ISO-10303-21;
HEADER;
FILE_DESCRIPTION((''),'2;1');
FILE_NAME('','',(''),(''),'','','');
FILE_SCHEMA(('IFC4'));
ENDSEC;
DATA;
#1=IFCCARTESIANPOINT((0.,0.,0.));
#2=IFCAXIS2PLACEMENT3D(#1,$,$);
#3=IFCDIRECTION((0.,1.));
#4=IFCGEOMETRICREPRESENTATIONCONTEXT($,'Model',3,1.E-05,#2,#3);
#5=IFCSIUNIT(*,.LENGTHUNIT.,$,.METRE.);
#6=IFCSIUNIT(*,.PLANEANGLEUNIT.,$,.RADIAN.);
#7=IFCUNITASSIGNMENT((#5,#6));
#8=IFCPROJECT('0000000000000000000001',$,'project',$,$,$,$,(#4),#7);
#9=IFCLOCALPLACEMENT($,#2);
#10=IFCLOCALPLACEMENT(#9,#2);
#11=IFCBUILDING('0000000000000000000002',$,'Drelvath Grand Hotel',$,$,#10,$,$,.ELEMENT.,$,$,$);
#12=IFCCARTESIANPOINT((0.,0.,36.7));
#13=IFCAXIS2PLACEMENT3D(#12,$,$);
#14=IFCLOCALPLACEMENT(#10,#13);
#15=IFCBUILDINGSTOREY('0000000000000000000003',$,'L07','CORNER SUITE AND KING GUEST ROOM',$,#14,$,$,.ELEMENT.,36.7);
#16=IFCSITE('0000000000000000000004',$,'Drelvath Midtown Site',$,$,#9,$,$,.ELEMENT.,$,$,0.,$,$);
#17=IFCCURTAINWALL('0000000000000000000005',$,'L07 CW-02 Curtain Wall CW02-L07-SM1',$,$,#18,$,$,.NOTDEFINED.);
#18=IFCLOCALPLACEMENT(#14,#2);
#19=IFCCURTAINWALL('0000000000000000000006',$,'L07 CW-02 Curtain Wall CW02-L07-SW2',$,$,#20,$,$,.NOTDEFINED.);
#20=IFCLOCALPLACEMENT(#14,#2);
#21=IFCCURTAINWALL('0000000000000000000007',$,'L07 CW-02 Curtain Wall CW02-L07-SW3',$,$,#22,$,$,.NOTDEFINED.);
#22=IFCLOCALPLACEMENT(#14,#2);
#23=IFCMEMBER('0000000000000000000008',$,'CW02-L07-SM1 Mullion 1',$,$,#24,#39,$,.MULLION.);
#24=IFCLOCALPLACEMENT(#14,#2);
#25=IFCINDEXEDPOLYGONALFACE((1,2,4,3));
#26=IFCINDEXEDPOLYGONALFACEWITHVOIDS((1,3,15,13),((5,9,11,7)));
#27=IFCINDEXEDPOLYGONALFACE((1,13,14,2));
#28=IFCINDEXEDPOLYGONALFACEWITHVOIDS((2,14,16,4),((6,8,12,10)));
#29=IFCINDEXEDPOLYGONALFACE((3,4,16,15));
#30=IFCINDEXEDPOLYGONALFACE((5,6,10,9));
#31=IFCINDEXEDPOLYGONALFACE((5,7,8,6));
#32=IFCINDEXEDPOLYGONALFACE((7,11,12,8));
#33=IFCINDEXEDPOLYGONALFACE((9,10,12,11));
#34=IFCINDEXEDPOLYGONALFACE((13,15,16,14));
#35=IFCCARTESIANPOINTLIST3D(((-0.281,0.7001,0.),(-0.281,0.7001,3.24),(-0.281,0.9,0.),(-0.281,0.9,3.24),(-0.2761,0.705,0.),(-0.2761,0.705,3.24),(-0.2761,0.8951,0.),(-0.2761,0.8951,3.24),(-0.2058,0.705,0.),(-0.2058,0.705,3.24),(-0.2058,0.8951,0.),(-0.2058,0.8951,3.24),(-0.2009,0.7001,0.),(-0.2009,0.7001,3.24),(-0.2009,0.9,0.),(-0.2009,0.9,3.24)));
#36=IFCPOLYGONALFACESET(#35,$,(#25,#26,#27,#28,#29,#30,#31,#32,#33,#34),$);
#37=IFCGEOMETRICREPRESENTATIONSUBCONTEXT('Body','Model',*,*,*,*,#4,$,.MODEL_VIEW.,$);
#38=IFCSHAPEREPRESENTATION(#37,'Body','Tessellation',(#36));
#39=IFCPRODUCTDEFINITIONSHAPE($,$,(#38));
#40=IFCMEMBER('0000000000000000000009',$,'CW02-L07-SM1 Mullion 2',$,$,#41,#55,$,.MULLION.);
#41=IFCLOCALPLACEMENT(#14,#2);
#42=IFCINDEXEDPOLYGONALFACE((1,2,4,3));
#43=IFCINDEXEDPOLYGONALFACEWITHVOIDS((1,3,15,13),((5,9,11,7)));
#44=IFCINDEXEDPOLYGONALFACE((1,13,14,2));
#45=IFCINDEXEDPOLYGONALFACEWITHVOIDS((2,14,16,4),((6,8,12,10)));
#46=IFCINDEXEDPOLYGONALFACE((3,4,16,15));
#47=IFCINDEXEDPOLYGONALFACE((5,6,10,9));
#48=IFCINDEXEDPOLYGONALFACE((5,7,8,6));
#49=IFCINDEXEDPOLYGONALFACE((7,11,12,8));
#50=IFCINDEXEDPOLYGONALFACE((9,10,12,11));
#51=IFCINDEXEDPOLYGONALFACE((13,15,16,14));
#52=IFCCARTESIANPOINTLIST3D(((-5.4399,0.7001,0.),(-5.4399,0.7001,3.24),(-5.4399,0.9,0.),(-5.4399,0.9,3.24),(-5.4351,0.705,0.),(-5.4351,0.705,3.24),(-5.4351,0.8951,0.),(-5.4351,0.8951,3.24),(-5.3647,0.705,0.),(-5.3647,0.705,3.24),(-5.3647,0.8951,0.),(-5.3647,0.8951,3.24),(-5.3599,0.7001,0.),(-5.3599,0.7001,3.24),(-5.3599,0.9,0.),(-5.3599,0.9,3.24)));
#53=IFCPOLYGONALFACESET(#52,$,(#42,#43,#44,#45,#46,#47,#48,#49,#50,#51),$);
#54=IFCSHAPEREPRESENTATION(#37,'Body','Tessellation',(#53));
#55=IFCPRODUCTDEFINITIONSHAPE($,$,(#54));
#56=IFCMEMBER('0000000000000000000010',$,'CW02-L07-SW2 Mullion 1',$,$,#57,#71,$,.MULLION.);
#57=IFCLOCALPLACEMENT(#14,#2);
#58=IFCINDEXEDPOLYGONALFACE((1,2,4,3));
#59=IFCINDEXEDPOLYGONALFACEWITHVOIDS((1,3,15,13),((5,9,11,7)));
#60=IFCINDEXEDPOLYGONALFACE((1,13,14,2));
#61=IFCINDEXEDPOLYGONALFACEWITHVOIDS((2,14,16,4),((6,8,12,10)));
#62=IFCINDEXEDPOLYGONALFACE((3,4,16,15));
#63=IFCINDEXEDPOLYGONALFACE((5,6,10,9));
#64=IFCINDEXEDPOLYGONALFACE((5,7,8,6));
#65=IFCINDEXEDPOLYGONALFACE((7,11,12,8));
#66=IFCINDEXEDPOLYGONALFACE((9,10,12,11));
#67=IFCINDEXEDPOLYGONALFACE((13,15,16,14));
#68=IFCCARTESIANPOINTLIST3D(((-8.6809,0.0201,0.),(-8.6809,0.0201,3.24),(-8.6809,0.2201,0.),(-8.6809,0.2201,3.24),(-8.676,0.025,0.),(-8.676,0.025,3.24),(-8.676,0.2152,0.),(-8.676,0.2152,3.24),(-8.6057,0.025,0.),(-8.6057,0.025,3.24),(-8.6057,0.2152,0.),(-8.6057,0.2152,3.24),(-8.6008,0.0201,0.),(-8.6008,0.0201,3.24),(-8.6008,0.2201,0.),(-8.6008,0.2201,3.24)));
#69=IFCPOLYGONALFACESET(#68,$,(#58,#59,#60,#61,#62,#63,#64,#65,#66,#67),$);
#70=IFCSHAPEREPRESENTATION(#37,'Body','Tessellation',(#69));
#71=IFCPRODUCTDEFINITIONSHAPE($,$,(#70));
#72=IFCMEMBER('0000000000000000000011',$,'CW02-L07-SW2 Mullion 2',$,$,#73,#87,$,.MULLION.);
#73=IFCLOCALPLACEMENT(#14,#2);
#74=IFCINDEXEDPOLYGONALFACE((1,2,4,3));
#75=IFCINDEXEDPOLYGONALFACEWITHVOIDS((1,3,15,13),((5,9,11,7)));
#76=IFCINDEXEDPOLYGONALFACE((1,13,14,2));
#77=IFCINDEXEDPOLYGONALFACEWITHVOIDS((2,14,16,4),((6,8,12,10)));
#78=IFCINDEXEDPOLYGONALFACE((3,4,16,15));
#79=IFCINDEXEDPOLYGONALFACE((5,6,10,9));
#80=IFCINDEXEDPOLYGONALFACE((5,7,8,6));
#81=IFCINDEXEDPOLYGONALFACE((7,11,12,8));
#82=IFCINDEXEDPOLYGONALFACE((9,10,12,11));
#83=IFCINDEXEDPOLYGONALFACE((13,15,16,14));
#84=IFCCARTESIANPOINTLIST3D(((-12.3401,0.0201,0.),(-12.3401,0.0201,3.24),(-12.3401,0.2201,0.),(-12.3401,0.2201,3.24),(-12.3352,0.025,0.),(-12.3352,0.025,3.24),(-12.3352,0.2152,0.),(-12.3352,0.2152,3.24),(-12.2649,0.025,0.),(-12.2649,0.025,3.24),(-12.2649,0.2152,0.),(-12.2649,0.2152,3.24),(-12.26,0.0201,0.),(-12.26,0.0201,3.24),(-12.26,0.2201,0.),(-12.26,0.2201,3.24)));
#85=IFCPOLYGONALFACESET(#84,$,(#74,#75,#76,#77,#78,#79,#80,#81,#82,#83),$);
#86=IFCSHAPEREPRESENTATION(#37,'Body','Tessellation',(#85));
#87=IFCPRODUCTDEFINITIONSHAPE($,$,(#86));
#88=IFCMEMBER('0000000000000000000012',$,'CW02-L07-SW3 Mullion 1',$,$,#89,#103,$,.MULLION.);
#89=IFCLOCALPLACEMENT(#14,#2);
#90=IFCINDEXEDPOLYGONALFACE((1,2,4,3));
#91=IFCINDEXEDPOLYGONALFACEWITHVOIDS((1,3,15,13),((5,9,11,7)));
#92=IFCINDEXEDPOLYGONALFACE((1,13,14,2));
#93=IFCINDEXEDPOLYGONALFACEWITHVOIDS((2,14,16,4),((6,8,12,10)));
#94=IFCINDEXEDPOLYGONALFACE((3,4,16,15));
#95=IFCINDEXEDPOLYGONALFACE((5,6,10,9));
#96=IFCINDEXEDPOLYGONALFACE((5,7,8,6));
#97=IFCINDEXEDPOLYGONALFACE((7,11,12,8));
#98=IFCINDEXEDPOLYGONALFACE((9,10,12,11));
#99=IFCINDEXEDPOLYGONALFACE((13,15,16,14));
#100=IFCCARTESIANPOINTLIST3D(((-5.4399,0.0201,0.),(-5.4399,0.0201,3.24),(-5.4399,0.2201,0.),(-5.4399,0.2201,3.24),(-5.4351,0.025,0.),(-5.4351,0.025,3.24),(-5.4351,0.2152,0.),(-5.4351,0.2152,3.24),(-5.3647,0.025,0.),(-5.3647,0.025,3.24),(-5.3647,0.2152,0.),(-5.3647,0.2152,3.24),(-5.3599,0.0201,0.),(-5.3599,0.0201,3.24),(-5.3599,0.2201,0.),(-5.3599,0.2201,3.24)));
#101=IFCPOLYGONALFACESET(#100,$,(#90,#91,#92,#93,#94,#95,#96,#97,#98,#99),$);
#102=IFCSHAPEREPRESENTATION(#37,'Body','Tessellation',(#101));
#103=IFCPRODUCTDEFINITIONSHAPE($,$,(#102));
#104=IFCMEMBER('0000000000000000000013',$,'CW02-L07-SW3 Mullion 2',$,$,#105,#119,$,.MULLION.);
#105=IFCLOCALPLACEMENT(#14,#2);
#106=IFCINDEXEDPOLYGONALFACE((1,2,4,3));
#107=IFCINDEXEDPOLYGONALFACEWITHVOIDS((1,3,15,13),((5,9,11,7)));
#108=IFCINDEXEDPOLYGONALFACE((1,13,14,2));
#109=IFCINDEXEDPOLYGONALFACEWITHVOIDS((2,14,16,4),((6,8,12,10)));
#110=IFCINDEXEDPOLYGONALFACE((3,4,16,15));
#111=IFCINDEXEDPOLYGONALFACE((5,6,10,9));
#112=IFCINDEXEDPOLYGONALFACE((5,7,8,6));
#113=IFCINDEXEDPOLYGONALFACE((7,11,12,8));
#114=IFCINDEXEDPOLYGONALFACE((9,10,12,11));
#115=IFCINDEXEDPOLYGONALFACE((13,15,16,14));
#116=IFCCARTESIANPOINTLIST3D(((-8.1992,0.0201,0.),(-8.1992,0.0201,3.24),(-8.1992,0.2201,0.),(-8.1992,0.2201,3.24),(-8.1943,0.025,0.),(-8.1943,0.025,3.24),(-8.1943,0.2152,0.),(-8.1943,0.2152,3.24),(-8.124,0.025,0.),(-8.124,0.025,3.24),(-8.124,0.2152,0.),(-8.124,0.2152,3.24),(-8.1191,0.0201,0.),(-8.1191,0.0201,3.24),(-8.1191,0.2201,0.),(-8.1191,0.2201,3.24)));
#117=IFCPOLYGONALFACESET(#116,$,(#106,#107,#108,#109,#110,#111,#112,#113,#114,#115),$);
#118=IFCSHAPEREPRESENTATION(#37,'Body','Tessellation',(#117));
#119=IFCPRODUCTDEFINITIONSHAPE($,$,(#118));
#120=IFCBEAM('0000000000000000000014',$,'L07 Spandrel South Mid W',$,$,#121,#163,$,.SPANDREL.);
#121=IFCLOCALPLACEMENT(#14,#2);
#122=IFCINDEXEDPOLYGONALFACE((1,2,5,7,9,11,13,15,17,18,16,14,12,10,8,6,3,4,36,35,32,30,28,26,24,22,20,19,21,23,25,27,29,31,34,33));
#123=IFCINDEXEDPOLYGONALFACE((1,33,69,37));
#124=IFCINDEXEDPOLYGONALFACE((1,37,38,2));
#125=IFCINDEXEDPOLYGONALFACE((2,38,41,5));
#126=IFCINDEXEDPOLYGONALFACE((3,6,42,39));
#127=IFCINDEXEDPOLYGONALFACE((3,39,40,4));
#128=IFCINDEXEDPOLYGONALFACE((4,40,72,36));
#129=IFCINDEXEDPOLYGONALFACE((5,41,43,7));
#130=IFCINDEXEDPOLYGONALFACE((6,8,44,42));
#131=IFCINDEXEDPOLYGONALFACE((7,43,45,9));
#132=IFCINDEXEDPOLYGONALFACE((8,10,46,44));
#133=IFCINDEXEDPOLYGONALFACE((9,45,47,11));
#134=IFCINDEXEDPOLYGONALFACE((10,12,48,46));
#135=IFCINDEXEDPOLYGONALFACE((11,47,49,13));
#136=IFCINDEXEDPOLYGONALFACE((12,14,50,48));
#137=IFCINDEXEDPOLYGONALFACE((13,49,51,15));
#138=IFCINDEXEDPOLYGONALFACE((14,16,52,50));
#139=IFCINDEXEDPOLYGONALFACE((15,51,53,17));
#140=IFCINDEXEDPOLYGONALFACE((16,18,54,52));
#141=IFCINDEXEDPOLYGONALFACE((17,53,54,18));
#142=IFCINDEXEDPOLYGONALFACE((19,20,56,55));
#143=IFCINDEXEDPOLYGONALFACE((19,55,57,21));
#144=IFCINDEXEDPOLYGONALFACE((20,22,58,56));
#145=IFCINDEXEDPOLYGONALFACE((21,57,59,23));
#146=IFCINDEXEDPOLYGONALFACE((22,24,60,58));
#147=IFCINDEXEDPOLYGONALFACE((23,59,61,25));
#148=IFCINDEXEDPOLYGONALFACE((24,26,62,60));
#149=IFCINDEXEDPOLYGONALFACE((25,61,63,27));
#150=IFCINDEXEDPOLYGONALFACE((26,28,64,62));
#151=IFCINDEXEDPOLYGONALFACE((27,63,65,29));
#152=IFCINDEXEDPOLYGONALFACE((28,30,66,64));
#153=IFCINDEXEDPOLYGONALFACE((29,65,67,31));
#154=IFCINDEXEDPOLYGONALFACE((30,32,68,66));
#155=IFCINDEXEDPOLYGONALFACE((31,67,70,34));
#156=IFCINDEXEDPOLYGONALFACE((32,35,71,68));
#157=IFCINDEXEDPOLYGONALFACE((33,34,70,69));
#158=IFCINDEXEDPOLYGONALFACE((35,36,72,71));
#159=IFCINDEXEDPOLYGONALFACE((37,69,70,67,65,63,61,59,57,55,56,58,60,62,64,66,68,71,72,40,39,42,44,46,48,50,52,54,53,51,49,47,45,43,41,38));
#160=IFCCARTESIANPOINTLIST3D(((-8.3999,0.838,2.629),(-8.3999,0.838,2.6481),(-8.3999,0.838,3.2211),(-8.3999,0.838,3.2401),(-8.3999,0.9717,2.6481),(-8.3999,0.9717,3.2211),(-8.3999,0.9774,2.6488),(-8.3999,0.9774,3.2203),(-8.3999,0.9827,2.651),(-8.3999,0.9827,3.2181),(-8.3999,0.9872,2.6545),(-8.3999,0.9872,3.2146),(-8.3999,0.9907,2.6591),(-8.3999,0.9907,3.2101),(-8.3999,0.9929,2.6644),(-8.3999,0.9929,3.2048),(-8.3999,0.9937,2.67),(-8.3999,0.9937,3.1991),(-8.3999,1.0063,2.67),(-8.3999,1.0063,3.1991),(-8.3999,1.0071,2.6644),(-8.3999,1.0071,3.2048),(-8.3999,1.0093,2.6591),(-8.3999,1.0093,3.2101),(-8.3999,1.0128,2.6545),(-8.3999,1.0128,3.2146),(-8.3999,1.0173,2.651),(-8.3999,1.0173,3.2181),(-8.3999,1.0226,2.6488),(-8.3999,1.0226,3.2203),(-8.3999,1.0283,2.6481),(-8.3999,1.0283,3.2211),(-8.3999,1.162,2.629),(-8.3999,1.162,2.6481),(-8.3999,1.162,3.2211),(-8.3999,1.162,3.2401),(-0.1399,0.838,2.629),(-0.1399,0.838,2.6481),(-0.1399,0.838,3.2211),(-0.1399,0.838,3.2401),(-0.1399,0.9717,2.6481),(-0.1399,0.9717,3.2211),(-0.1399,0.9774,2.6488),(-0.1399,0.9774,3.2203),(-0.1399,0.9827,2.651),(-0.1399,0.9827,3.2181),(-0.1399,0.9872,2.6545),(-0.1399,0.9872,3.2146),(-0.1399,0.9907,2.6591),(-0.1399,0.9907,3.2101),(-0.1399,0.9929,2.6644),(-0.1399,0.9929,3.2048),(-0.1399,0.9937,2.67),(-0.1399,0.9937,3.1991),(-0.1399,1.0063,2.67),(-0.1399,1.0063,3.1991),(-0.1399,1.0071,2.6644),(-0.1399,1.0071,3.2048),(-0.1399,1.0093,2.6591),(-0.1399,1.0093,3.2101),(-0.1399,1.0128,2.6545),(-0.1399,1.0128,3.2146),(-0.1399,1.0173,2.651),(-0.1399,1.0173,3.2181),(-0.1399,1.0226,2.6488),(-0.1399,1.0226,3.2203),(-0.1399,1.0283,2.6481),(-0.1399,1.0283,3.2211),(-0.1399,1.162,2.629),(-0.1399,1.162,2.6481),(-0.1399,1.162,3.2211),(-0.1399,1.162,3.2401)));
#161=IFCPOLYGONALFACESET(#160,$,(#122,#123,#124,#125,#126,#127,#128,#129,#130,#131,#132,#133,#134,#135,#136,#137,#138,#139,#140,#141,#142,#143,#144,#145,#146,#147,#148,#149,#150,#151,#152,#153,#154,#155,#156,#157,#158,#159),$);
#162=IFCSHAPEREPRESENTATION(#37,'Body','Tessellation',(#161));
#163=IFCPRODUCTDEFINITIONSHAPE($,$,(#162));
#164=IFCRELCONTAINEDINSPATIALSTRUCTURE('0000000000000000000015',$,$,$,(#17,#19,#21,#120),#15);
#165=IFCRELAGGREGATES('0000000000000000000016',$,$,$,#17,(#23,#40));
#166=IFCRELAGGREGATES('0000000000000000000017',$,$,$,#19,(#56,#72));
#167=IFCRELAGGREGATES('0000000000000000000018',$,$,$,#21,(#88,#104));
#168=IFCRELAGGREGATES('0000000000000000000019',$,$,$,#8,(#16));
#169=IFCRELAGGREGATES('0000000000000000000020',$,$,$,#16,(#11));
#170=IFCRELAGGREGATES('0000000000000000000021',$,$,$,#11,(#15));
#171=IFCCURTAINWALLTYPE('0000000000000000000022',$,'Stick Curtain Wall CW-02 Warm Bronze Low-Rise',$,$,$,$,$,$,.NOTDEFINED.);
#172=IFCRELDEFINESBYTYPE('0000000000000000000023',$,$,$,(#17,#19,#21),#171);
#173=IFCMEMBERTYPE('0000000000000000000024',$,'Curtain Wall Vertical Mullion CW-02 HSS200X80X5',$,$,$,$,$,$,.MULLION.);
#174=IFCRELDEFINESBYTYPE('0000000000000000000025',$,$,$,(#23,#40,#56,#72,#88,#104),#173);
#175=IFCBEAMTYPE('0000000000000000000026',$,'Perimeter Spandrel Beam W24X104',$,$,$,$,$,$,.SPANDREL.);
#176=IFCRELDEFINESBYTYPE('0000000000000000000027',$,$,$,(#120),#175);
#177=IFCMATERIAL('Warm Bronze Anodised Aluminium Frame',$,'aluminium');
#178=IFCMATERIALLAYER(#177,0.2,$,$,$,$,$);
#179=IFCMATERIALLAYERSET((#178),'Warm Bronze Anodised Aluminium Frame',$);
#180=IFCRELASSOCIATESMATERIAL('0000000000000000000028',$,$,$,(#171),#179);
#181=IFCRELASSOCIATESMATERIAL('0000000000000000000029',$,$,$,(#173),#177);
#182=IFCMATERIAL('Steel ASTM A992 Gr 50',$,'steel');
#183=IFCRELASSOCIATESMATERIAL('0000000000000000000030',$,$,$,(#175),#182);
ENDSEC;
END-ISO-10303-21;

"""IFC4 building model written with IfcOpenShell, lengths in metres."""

from ifc_helpers import new_model, si_unit, direction, frame, origin, origin_2d, place, context, subcontext, project, spatial, hollow_rectangle, i_section, extrude, material, layer, layer_set, material_profile, profile_set, type_object, element, aggregate, save


model = new_model("IFC4")

# Units and contexts
model_context = context("Model", 3, precision=1e-05, world=origin(), true_north=direction((0.0, 1.0)))
body_context = subcontext(model_context, "Body", "Model", "MODEL_VIEW")
ifc_project = project(units=[si_unit("LENGTHUNIT", "METRE"), si_unit("PLANEANGLEUNIT", "RADIAN")], contexts=[model_context])

# Site, building, storey
site_placement = place(None, origin())
site = spatial("IfcSite", under=ifc_project, at=site_placement, Name="Drelvath Midtown Site", CompositionType="ELEMENT", RefElevation=0.0)
building_placement = place(site_placement, origin())
building = spatial("IfcBuilding", under=site, at=building_placement, Name="Drelvath Grand Hotel", CompositionType="ELEMENT")
storey_placement = place(building_placement, frame((0.0, 0.0, 36.7)))
storey = spatial("IfcBuildingStorey", under=building, at=storey_placement, Name="L07", Description="CORNER SUITE AND KING GUEST ROOM", CompositionType="ELEMENT", Elevation=36.7)

# Shared definitions
ifc_material_1 = material(Name="Steel ASTM A992 Gr 50", Category="steel")

# Curtain walls
ifc_material_2 = material(Name="Warm Bronze Anodised Aluminium Frame", Category="aluminium")
ifc_layer_1 = layer(ifc_material_2, 0.2)
ifc_layer_set_1 = layer_set([ifc_layer_1], Name="Warm Bronze Anodised Aluminium Frame")
curtain_wall_type = type_object("IfcCurtainWallType", Name="Stick Curtain Wall CW-02 Warm Bronze Low-Rise", PredefinedType="NOTDEFINED", material=ifc_layer_set_1)
curtain_wall_1_placement = place(storey_placement, origin())
curtain_wall_1 = element("IfcCurtainWall", 1, at=curtain_wall_1_placement, inside=storey, type_object=curtain_wall_type, Name="L07 CW-02 Curtain Wall CW02-L07-SM1", PredefinedType="NOTDEFINED")
curtain_wall_2_placement = place(storey_placement, origin())
curtain_wall_2 = element("IfcCurtainWall", 2, at=curtain_wall_2_placement, inside=storey, type_object=curtain_wall_type, Name="L07 CW-02 Curtain Wall CW02-L07-SW2", PredefinedType="NOTDEFINED")
curtain_wall_3_placement = place(storey_placement, origin())
curtain_wall_3 = element("IfcCurtainWall", 3, at=curtain_wall_3_placement, inside=storey, type_object=curtain_wall_type, Name="L07 CW-02 Curtain Wall CW02-L07-SW3", PredefinedType="NOTDEFINED")

# Members
ifc_material_profile_1 = material_profile(ifc_material_2, hollow_rectangle(XDim=0.0801, YDim=0.2, WallThickness=0.0049, at=origin_2d()), Name="HSS200X80X5")
ifc_profile_set_1 = profile_set([ifc_material_profile_1], Name="Warm Bronze Anodised Aluminium Frame")
member_type_1 = type_object("IfcMemberType", Name="Curtain Wall Vertical Mullion CW-02 HSS200X80X5", PredefinedType="MULLION", material=ifc_profile_set_1)
member_1_placement = place(storey_placement, frame((-0.241, 0.8, 0.0), z_axis=(0.0, 0.0, 1.0), x_axis=(1.0, 0.0, 0.0)))
member_1 = element("IfcMember", 4, at=member_1_placement, type_object=member_type_1, Name="CW02-L07-SM1 Mullion 1", PredefinedType="MULLION", context=body_context, shape_type="SweptSolid", body=[
    extrude(hollow_rectangle(XDim=0.0801, YDim=0.2, WallThickness=0.0049, at=origin_2d()), origin(), (0.0, 0.0, 1.0), 3.24),
])
member_2_placement = place(storey_placement, frame((-5.3999, 0.8, 0.0), z_axis=(0.0, 0.0, 1.0), x_axis=(1.0, 0.0, 0.0)))
member_2 = element("IfcMember", 5, at=member_2_placement, type_object=member_type_1, Name="CW02-L07-SM1 Mullion 2", PredefinedType="MULLION", context=body_context, shape_type="SweptSolid", body=[
    extrude(hollow_rectangle(XDim=0.0801, YDim=0.2, WallThickness=0.0049, at=origin_2d()), origin(), (0.0, 0.0, 1.0), 3.24),
])
member_3_placement = place(storey_placement, frame((-8.6409, 0.1201, 0.0), z_axis=(0.0, 0.0, 1.0), x_axis=(1.0, 0.0, 0.0)))
member_3 = element("IfcMember", 6, at=member_3_placement, type_object=member_type_1, Name="CW02-L07-SW2 Mullion 1", PredefinedType="MULLION", context=body_context, shape_type="SweptSolid", body=[
    extrude(hollow_rectangle(XDim=0.0801, YDim=0.2, WallThickness=0.0049, at=origin_2d()), origin(), (0.0, 0.0, 1.0), 3.24),
])
member_4_placement = place(storey_placement, frame((-12.3, 0.1201, 0.0), z_axis=(0.0, 0.0, 1.0), x_axis=(1.0, 0.0, 0.0)))
member_4 = element("IfcMember", 7, at=member_4_placement, type_object=member_type_1, Name="CW02-L07-SW2 Mullion 2", PredefinedType="MULLION", context=body_context, shape_type="SweptSolid", body=[
    extrude(hollow_rectangle(XDim=0.0801, YDim=0.2, WallThickness=0.0049, at=origin_2d()), origin(), (0.0, 0.0, 1.0), 3.24),
])
member_5_placement = place(storey_placement, frame((-5.3999, 0.1201, 0.0), z_axis=(0.0, 0.0, 1.0), x_axis=(1.0, 0.0, 0.0)))
member_5 = element("IfcMember", 8, at=member_5_placement, type_object=member_type_1, Name="CW02-L07-SW3 Mullion 1", PredefinedType="MULLION", context=body_context, shape_type="SweptSolid", body=[
    extrude(hollow_rectangle(XDim=0.0801, YDim=0.2, WallThickness=0.0049, at=origin_2d()), origin(), (0.0, 0.0, 1.0), 3.24),
])
member_6_placement = place(storey_placement, frame((-8.1592, 0.1201, 0.0), z_axis=(0.0, 0.0, 1.0), x_axis=(1.0, 0.0, 0.0)))
member_6 = element("IfcMember", 9, at=member_6_placement, type_object=member_type_1, Name="CW02-L07-SW3 Mullion 2", PredefinedType="MULLION", context=body_context, shape_type="SweptSolid", body=[
    extrude(hollow_rectangle(XDim=0.0801, YDim=0.2, WallThickness=0.0049, at=origin_2d()), origin(), (0.0, 0.0, 1.0), 3.24),
])

# Beam
ifc_material_profile_2 = material_profile(ifc_material_1, i_section(OverallWidth=0.324, OverallDepth=0.6111, WebThickness=0.0127, FlangeThickness=0.019, FilletRadius=0.022, at=origin_2d()), Name="W24X104")
ifc_profile_set_2 = profile_set([ifc_material_profile_2], Name="Steel ASTM A992 Gr 50")
beam_type_1 = type_object("IfcBeamType", Name="Perimeter Spandrel Beam W24X104", PredefinedType="SPANDREL", material=ifc_profile_set_2)
beam_1_placement = place(storey_placement, frame((-8.3999, 1.0, 2.9346), z_axis=(1.0, 0.0, 0.0), x_axis=(0.0, 1.0, 0.0)))
element("IfcBeam", 10, at=beam_1_placement, inside=storey, type_object=beam_type_1, Name="L07 Spandrel South Mid W", PredefinedType="SPANDREL", context=body_context, shape_type="SweptSolid", body=[
    extrude(i_section(OverallWidth=0.324, OverallDepth=0.6111, WebThickness=0.0127, FlangeThickness=0.019, FilletRadius=0.022, at=origin_2d()), origin(), (0.0, 0.0, 1.0), 8.26),
])

aggregate(curtain_wall_1, [member_1, member_2])
aggregate(curtain_wall_2, [member_3, member_4])
aggregate(curtain_wall_3, [member_5, member_6])

save(model, "model.ifc")
